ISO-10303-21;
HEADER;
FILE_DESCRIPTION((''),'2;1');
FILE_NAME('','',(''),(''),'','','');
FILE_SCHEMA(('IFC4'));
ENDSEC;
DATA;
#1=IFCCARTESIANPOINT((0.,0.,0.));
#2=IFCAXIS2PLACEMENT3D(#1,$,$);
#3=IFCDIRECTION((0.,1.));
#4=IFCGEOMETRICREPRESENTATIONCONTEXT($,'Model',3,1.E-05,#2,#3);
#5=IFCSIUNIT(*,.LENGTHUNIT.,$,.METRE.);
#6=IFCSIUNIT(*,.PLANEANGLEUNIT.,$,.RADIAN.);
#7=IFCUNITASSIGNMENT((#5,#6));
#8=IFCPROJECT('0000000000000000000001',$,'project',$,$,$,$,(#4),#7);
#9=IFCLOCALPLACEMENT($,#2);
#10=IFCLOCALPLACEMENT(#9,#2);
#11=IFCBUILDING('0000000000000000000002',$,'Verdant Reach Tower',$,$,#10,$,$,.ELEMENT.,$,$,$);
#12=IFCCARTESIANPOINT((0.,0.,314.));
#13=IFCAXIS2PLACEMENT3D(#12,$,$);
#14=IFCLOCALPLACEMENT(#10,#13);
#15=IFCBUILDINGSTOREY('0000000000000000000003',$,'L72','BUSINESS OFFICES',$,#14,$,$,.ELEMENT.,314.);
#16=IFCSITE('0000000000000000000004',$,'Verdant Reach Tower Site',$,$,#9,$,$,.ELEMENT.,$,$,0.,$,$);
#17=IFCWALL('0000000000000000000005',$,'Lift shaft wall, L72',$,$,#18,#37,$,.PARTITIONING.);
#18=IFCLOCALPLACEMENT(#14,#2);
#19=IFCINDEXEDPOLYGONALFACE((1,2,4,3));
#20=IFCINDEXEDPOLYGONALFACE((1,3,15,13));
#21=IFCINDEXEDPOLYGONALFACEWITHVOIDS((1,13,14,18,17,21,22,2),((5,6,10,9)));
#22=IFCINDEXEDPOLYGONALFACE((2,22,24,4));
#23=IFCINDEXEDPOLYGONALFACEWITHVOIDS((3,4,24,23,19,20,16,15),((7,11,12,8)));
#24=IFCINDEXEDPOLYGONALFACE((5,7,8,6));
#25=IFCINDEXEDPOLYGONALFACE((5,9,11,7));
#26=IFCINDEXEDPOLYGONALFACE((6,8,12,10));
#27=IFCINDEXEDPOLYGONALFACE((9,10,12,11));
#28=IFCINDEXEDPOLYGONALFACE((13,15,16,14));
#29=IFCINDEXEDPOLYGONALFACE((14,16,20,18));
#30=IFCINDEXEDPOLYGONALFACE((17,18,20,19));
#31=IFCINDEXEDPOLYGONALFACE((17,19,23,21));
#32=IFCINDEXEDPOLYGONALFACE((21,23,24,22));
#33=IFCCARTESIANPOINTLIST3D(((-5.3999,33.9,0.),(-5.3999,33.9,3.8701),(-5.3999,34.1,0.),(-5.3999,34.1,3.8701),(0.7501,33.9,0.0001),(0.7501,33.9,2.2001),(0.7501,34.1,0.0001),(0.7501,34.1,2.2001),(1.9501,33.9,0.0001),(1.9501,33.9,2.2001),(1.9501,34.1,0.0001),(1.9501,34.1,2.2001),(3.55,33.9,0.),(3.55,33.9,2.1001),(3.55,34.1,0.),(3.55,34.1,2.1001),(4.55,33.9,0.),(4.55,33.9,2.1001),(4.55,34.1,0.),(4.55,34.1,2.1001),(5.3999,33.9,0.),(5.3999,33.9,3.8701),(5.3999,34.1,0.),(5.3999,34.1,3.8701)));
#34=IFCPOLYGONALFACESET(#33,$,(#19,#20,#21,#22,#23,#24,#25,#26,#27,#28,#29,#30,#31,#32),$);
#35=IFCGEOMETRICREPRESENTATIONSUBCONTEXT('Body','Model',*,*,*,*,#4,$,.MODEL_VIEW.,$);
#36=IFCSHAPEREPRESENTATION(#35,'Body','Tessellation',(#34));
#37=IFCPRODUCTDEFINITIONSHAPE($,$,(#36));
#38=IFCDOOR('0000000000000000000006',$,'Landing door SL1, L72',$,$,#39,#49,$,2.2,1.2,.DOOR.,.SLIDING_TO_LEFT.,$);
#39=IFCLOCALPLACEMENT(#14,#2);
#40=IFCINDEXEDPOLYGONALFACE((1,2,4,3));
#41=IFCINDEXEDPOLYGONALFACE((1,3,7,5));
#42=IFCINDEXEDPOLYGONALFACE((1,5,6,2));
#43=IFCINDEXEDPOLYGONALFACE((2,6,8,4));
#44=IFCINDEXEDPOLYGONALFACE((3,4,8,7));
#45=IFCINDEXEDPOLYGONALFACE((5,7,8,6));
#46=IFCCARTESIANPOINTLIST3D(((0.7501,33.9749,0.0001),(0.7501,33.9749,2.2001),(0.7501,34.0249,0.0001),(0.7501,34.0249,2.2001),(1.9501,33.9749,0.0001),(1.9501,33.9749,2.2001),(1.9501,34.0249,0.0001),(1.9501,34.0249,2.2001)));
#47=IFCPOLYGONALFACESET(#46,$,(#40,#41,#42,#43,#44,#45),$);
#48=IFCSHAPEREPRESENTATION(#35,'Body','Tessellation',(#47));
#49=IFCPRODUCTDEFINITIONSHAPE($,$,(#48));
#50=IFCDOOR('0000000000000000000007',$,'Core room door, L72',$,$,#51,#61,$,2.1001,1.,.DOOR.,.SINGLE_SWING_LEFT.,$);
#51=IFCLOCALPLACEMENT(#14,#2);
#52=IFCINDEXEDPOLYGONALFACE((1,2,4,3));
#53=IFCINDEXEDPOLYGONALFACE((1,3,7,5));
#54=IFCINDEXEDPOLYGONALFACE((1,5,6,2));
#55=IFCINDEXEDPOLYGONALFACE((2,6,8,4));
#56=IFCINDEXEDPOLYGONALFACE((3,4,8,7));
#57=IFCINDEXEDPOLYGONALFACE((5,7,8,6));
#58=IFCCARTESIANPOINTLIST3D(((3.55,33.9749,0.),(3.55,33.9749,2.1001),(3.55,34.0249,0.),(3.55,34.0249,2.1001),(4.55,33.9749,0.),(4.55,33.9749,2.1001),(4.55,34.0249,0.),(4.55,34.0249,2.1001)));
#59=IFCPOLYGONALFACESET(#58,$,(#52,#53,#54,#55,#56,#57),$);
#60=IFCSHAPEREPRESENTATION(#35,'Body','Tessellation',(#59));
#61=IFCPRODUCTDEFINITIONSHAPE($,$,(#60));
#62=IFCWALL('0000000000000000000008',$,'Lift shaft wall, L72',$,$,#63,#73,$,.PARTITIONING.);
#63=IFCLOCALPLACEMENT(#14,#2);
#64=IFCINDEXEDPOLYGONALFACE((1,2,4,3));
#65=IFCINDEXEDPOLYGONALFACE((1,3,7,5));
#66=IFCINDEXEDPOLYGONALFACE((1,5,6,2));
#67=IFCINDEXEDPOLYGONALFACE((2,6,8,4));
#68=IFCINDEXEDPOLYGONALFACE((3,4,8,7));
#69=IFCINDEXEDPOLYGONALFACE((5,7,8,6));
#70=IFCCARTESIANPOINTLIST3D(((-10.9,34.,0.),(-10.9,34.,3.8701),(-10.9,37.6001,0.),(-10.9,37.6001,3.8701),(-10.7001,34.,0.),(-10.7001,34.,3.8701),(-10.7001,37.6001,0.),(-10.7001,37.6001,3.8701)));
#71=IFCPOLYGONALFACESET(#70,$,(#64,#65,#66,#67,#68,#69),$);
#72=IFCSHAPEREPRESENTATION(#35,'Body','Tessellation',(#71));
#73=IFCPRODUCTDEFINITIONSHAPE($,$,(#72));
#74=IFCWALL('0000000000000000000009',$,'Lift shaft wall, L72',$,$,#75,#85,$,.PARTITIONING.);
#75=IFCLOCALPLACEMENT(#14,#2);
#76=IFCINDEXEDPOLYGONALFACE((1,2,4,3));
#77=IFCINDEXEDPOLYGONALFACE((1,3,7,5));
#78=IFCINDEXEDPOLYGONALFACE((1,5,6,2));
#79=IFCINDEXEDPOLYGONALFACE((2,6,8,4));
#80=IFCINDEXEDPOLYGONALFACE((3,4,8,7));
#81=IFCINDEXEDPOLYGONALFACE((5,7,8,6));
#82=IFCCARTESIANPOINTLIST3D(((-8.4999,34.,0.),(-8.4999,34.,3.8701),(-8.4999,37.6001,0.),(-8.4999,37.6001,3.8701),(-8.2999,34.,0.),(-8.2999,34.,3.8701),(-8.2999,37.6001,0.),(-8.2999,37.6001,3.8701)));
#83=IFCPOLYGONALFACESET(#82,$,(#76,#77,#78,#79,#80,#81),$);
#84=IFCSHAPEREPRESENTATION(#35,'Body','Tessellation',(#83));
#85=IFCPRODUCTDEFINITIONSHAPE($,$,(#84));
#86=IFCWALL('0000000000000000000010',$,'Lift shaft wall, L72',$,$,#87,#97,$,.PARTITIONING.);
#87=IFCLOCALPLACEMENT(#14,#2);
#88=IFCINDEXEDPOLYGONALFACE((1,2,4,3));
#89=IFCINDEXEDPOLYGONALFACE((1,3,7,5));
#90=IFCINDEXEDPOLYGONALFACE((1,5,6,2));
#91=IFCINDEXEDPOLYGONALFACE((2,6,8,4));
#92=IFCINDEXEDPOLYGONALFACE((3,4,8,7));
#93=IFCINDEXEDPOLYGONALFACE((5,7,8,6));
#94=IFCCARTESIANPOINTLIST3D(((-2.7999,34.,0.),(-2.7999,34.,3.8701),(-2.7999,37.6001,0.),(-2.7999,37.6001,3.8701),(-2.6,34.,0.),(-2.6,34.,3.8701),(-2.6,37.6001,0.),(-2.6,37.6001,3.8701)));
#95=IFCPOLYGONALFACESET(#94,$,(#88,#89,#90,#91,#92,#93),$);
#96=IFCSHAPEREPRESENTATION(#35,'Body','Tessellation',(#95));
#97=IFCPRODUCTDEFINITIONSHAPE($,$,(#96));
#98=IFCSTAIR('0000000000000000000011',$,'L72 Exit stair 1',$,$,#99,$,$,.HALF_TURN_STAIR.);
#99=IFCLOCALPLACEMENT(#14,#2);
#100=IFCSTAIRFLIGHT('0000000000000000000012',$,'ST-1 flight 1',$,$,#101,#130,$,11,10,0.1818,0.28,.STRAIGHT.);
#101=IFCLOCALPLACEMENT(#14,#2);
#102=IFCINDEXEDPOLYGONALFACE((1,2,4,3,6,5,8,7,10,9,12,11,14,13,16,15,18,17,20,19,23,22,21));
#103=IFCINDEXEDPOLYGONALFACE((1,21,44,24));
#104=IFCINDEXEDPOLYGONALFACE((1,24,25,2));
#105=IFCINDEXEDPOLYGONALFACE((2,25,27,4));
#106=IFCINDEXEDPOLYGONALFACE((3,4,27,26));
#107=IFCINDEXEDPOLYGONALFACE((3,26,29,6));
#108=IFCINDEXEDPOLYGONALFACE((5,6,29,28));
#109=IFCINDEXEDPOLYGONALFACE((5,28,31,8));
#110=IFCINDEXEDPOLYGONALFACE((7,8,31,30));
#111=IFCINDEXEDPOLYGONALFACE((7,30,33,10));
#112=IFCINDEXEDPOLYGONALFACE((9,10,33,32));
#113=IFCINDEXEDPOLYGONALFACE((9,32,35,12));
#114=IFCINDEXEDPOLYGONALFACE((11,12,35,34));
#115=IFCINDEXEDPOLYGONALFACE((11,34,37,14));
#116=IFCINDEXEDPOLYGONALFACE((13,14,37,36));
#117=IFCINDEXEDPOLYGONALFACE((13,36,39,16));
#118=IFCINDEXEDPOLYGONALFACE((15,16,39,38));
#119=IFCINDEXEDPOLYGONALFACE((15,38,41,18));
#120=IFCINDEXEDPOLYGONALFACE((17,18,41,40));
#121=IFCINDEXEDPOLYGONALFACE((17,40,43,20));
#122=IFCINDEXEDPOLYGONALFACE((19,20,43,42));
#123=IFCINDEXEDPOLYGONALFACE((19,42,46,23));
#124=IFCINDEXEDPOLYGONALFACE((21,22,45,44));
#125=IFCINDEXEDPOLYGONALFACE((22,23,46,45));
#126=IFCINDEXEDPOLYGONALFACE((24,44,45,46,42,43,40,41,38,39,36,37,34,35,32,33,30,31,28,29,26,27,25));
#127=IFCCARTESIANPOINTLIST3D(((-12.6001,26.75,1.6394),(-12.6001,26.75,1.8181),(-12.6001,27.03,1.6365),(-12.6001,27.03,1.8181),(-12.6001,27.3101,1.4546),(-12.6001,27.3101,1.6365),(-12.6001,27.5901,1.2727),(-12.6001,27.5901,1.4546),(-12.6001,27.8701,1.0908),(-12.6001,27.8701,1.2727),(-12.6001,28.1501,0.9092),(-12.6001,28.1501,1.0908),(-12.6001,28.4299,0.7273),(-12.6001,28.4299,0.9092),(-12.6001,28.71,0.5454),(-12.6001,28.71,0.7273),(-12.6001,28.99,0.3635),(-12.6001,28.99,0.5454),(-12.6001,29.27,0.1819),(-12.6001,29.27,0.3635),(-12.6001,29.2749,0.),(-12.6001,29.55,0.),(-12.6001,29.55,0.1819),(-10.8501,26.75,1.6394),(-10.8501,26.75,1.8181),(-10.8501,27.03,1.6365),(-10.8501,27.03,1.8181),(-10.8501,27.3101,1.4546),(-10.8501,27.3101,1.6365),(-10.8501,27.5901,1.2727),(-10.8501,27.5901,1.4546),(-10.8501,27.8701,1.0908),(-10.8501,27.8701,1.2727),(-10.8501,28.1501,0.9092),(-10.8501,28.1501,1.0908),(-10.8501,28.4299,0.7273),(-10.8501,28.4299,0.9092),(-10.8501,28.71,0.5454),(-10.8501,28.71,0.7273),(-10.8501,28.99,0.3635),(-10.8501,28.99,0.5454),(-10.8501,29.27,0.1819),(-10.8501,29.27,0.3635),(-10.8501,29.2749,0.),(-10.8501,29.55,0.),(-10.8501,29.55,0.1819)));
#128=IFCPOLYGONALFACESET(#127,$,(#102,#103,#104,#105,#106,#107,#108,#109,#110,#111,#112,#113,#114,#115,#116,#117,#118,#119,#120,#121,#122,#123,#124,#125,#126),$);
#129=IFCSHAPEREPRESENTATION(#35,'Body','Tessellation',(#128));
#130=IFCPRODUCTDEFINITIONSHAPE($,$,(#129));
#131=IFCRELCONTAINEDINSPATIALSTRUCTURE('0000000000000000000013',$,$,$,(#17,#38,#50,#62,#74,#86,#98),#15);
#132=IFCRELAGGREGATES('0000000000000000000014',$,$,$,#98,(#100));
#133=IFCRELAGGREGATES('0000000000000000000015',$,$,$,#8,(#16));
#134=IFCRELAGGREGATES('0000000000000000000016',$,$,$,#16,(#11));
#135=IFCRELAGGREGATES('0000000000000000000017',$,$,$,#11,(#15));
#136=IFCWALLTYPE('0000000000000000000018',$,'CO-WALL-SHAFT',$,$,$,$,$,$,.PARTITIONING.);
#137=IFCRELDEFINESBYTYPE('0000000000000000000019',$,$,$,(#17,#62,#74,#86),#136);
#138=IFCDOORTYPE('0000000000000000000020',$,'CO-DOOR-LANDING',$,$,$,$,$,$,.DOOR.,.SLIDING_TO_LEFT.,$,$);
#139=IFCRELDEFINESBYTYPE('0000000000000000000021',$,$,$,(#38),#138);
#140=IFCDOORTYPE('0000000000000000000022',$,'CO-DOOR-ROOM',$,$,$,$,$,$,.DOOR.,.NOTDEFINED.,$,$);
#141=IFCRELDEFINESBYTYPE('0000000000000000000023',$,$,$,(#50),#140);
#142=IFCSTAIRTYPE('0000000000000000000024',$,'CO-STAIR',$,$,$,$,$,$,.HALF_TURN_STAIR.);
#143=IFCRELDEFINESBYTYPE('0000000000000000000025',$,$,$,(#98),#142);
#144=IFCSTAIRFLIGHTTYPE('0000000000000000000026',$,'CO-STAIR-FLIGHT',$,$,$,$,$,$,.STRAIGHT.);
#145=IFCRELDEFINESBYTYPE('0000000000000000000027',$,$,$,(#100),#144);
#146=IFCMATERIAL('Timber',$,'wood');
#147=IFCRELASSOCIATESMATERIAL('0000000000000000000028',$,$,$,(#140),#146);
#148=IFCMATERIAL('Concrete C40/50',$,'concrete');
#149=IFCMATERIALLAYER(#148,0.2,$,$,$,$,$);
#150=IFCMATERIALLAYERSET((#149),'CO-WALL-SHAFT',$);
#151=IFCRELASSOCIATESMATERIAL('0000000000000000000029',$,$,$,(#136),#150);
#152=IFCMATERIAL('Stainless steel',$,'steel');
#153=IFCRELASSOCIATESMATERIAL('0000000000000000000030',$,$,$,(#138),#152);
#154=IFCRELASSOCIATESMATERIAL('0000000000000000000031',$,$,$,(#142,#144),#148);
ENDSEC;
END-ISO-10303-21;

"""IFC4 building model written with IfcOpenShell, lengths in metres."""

from ifc_helpers import new_model, si_unit, direction, frame, frame_2d, origin, place, context, subcontext, project, spatial, polyline, rectangle, outline, extrude, material, layer, layer_set, type_object, element, fill, aggregate, save


model = new_model("IFC4")

# Units and contexts
model_context = context("Model", 3, precision=1e-05, world=origin(), true_north=direction((0.0, 1.0)))
body_context = subcontext(model_context, "Body", "Model", "MODEL_VIEW")
ifc_project = project(units=[si_unit("LENGTHUNIT", "METRE"), si_unit("PLANEANGLEUNIT", "RADIAN")], contexts=[model_context])

# Site, building, storey
site_placement = place(None, origin())
site = spatial("IfcSite", under=ifc_project, at=site_placement, Name="Verdant Reach Tower Site", CompositionType="ELEMENT", RefElevation=0.0)
building_placement = place(site_placement, origin())
building = spatial("IfcBuilding", under=site, at=building_placement, Name="Verdant Reach Tower", CompositionType="ELEMENT")
storey_placement = place(building_placement, frame((0.0, 0.0, 314.0)))
storey = spatial("IfcBuildingStorey", under=building, at=storey_placement, Name="L72", Description="BUSINESS OFFICES", CompositionType="ELEMENT", Elevation=314.0)

# Wall, openings, doors
ifc_material_1 = material(Name="Timber", Category="wood")
door_type_1 = type_object("IfcDoorType", Name="CO-DOOR-ROOM", OperationType="NOTDEFINED", PredefinedType="DOOR", material=ifc_material_1)
ifc_material_2 = material(Name="Concrete C40/50", Category="concrete")
ifc_layer_1 = layer(ifc_material_2, 0.2)
ifc_layer_set_1 = layer_set([ifc_layer_1], Name="CO-WALL-SHAFT")
wall_type_1 = type_object("IfcWallType", Name="CO-WALL-SHAFT", PredefinedType="PARTITIONING", material=ifc_layer_set_1)
ifc_material_3 = material(Name="Stainless steel", Category="steel")
wall_1_placement = place(storey_placement, frame((-5.3999, 34.0, 0.0), z_axis=(0.0, 0.0, 1.0), x_axis=(1.0, 0.0, 0.0)))
wall_1 = element("IfcWall", 1, at=wall_1_placement, inside=storey, type_object=wall_type_1, Name="Lift shaft wall, L72", PredefinedType="PARTITIONING", context=body_context, shape_type="SweptSolid", body=[
    extrude(rectangle(XDim=10.7998, YDim=0.2, at=frame_2d((5.3999, 0.0))), origin(), (0.0, 0.0, 1.0), 3.8701),
])
opening_1_placement = place(wall_1_placement, frame((6.1499, 0.0, 0.0)))
opening_1 = element("IfcOpeningElement", 2, at=opening_1_placement, cuts=wall_1, PredefinedType="OPENING", context=body_context, shape_type="SweptSolid", body=[
    extrude(rectangle(XDim=1.2, YDim=2.2, at=frame_2d((0.6001, 1.1001))), frame((0.0, 0.1099, 0.0), z_axis=(0.0, -1.0, 0.0), x_axis=(1.0, 0.0, 0.0)), (0.0, 0.0, 1.0), 0.22),
])
opening_2_placement = place(wall_1_placement, frame((8.95, 0.0, 0.0)))
opening_2 = element("IfcOpeningElement", 3, at=opening_2_placement, cuts=wall_1, PredefinedType="OPENING", context=body_context, shape_type="SweptSolid", body=[
    extrude(rectangle(XDim=1.0, YDim=2.1001, at=frame_2d((0.5, 1.05))), frame((0.0, 0.1099, 0.0), z_axis=(0.0, -1.0, 0.0), x_axis=(1.0, 0.0, 0.0)), (0.0, 0.0, 1.0), 0.22),
])
door_type_2 = type_object("IfcDoorType", Name="CO-DOOR-LANDING", OperationType="SLIDING_TO_LEFT", PredefinedType="DOOR", material=ifc_material_3)
door_1_placement = place(opening_1_placement, origin())
door_1 = element("IfcDoor", 4, at=door_1_placement, inside=storey, type_object=door_type_2, Name="Landing door SL1, L72", OperationType="SLIDING_TO_LEFT", OverallHeight=2.2, OverallWidth=1.2, PredefinedType="DOOR", context=body_context, shape_type="SweptSolid", body=[
    extrude(rectangle(XDim=1.2, YDim=2.2, at=frame_2d((0.6001, 1.1001))), frame((0.0, 0.0249, 0.0), z_axis=(0.0, -1.0, 0.0), x_axis=(1.0, 0.0, 0.0)), (0.0, 0.0, 1.0), 0.05),
])
fill(opening_1, door_1)
door_2_placement = place(opening_2_placement, origin())
door_2 = element("IfcDoor", 5, at=door_2_placement, inside=storey, type_object=door_type_1, Name="Core room door, L72", OperationType="SINGLE_SWING_LEFT", OverallHeight=2.1001, OverallWidth=1.0, PredefinedType="DOOR", context=body_context, shape_type="SweptSolid", body=[
    extrude(rectangle(XDim=1.0, YDim=2.1001, at=frame_2d((0.5, 1.05))), frame((0.0, 0.0249, 0.0), z_axis=(0.0, -1.0, 0.0), x_axis=(1.0, 0.0, 0.0)), (0.0, 0.0, 1.0), 0.05),
])
fill(opening_2, door_2)

# Walls
for number, where, z_axis, x_axis, name in (
    (6, (-10.8, 34.0, 0.0), (0.0, 0.0, 1.0), (0.0, 1.0, 0.0), "Lift shaft wall, L72"),
    (7, (-8.3999, 34.0, 0.0), (0.0, 0.0, 1.0), (0.0, 1.0, 0.0), "Lift shaft wall, L72"),
    (8, (-2.7, 34.0, 0.0), (0.0, 0.0, 1.0), (0.0, 1.0, 0.0), "Lift shaft wall, L72"),
):
    element("IfcWall", number, at=place(storey_placement, frame(where, z_axis=z_axis, x_axis=x_axis)), inside=storey, type_object=wall_type_1, Name=name, PredefinedType="PARTITIONING", context=body_context, shape_type="SweptSolid", body=[
        extrude(rectangle(XDim=3.6001, YDim=0.2, at=frame_2d((1.8, 0.0))), origin(), (0.0, 0.0, 1.0), 3.8701),
    ])

# Stair, stair flight
stair_type = type_object("IfcStairType", Name="CO-STAIR", PredefinedType="HALF_TURN_STAIR", material=ifc_material_2)
stair_placement = place(storey_placement, origin())
stair = element("IfcStair", 9, at=stair_placement, inside=storey, type_object=stair_type, Name="L72 Exit stair 1", PredefinedType="HALF_TURN_STAIR")
stair_flight_type = type_object("IfcStairFlightType", Name="CO-STAIR-FLIGHT", PredefinedType="STRAIGHT", material=ifc_material_2)
stair_flight_placement = place(storey_placement, frame((-11.7251, 29.55, 0.0), z_axis=(0.0, 0.0, 1.0), x_axis=(0.0, -1.0, 0.0)))
stair_flight = element("IfcStairFlight", 10, at=stair_flight_placement, type_object=stair_flight_type, Name="ST-1 flight 1", NumberOfRisers=11, NumberOfTreads=10, PredefinedType="STRAIGHT", RiserHeight=0.1818, TreadLength=0.28, context=body_context, shape_type="SweptSolid", body=[
    extrude(outline(polyline([(0.0, 0.0), (0.0, 0.1819), (0.28, 0.1819), (0.28, 0.3635), (0.5601, 0.3635), (0.5601, 0.5454), (0.8401, 0.5454), (0.8401, 0.7273), (1.1201, 0.7273), (1.1201, 0.9092), (1.3999, 0.9092), (1.3999, 1.0908), (1.6799, 1.0908), (1.6799, 1.2727), (1.96, 1.2727), (1.96, 1.4546), (2.24, 1.4546), (2.24, 1.6365), (2.52, 1.6365), (2.52, 1.8181), (2.8, 1.8181), (2.8, 2.0), (2.8, 1.6394), (0.2751, 0.0), (0.0, 0.0)])), frame((0.0, 0.875, 0.0), z_axis=(0.0, -1.0, 0.0), x_axis=(1.0, 0.0, 0.0)), (0.0, 0.0, 1.0), 1.75),
])
aggregate(stair, [stair_flight])

save(model, "model.ifc")
